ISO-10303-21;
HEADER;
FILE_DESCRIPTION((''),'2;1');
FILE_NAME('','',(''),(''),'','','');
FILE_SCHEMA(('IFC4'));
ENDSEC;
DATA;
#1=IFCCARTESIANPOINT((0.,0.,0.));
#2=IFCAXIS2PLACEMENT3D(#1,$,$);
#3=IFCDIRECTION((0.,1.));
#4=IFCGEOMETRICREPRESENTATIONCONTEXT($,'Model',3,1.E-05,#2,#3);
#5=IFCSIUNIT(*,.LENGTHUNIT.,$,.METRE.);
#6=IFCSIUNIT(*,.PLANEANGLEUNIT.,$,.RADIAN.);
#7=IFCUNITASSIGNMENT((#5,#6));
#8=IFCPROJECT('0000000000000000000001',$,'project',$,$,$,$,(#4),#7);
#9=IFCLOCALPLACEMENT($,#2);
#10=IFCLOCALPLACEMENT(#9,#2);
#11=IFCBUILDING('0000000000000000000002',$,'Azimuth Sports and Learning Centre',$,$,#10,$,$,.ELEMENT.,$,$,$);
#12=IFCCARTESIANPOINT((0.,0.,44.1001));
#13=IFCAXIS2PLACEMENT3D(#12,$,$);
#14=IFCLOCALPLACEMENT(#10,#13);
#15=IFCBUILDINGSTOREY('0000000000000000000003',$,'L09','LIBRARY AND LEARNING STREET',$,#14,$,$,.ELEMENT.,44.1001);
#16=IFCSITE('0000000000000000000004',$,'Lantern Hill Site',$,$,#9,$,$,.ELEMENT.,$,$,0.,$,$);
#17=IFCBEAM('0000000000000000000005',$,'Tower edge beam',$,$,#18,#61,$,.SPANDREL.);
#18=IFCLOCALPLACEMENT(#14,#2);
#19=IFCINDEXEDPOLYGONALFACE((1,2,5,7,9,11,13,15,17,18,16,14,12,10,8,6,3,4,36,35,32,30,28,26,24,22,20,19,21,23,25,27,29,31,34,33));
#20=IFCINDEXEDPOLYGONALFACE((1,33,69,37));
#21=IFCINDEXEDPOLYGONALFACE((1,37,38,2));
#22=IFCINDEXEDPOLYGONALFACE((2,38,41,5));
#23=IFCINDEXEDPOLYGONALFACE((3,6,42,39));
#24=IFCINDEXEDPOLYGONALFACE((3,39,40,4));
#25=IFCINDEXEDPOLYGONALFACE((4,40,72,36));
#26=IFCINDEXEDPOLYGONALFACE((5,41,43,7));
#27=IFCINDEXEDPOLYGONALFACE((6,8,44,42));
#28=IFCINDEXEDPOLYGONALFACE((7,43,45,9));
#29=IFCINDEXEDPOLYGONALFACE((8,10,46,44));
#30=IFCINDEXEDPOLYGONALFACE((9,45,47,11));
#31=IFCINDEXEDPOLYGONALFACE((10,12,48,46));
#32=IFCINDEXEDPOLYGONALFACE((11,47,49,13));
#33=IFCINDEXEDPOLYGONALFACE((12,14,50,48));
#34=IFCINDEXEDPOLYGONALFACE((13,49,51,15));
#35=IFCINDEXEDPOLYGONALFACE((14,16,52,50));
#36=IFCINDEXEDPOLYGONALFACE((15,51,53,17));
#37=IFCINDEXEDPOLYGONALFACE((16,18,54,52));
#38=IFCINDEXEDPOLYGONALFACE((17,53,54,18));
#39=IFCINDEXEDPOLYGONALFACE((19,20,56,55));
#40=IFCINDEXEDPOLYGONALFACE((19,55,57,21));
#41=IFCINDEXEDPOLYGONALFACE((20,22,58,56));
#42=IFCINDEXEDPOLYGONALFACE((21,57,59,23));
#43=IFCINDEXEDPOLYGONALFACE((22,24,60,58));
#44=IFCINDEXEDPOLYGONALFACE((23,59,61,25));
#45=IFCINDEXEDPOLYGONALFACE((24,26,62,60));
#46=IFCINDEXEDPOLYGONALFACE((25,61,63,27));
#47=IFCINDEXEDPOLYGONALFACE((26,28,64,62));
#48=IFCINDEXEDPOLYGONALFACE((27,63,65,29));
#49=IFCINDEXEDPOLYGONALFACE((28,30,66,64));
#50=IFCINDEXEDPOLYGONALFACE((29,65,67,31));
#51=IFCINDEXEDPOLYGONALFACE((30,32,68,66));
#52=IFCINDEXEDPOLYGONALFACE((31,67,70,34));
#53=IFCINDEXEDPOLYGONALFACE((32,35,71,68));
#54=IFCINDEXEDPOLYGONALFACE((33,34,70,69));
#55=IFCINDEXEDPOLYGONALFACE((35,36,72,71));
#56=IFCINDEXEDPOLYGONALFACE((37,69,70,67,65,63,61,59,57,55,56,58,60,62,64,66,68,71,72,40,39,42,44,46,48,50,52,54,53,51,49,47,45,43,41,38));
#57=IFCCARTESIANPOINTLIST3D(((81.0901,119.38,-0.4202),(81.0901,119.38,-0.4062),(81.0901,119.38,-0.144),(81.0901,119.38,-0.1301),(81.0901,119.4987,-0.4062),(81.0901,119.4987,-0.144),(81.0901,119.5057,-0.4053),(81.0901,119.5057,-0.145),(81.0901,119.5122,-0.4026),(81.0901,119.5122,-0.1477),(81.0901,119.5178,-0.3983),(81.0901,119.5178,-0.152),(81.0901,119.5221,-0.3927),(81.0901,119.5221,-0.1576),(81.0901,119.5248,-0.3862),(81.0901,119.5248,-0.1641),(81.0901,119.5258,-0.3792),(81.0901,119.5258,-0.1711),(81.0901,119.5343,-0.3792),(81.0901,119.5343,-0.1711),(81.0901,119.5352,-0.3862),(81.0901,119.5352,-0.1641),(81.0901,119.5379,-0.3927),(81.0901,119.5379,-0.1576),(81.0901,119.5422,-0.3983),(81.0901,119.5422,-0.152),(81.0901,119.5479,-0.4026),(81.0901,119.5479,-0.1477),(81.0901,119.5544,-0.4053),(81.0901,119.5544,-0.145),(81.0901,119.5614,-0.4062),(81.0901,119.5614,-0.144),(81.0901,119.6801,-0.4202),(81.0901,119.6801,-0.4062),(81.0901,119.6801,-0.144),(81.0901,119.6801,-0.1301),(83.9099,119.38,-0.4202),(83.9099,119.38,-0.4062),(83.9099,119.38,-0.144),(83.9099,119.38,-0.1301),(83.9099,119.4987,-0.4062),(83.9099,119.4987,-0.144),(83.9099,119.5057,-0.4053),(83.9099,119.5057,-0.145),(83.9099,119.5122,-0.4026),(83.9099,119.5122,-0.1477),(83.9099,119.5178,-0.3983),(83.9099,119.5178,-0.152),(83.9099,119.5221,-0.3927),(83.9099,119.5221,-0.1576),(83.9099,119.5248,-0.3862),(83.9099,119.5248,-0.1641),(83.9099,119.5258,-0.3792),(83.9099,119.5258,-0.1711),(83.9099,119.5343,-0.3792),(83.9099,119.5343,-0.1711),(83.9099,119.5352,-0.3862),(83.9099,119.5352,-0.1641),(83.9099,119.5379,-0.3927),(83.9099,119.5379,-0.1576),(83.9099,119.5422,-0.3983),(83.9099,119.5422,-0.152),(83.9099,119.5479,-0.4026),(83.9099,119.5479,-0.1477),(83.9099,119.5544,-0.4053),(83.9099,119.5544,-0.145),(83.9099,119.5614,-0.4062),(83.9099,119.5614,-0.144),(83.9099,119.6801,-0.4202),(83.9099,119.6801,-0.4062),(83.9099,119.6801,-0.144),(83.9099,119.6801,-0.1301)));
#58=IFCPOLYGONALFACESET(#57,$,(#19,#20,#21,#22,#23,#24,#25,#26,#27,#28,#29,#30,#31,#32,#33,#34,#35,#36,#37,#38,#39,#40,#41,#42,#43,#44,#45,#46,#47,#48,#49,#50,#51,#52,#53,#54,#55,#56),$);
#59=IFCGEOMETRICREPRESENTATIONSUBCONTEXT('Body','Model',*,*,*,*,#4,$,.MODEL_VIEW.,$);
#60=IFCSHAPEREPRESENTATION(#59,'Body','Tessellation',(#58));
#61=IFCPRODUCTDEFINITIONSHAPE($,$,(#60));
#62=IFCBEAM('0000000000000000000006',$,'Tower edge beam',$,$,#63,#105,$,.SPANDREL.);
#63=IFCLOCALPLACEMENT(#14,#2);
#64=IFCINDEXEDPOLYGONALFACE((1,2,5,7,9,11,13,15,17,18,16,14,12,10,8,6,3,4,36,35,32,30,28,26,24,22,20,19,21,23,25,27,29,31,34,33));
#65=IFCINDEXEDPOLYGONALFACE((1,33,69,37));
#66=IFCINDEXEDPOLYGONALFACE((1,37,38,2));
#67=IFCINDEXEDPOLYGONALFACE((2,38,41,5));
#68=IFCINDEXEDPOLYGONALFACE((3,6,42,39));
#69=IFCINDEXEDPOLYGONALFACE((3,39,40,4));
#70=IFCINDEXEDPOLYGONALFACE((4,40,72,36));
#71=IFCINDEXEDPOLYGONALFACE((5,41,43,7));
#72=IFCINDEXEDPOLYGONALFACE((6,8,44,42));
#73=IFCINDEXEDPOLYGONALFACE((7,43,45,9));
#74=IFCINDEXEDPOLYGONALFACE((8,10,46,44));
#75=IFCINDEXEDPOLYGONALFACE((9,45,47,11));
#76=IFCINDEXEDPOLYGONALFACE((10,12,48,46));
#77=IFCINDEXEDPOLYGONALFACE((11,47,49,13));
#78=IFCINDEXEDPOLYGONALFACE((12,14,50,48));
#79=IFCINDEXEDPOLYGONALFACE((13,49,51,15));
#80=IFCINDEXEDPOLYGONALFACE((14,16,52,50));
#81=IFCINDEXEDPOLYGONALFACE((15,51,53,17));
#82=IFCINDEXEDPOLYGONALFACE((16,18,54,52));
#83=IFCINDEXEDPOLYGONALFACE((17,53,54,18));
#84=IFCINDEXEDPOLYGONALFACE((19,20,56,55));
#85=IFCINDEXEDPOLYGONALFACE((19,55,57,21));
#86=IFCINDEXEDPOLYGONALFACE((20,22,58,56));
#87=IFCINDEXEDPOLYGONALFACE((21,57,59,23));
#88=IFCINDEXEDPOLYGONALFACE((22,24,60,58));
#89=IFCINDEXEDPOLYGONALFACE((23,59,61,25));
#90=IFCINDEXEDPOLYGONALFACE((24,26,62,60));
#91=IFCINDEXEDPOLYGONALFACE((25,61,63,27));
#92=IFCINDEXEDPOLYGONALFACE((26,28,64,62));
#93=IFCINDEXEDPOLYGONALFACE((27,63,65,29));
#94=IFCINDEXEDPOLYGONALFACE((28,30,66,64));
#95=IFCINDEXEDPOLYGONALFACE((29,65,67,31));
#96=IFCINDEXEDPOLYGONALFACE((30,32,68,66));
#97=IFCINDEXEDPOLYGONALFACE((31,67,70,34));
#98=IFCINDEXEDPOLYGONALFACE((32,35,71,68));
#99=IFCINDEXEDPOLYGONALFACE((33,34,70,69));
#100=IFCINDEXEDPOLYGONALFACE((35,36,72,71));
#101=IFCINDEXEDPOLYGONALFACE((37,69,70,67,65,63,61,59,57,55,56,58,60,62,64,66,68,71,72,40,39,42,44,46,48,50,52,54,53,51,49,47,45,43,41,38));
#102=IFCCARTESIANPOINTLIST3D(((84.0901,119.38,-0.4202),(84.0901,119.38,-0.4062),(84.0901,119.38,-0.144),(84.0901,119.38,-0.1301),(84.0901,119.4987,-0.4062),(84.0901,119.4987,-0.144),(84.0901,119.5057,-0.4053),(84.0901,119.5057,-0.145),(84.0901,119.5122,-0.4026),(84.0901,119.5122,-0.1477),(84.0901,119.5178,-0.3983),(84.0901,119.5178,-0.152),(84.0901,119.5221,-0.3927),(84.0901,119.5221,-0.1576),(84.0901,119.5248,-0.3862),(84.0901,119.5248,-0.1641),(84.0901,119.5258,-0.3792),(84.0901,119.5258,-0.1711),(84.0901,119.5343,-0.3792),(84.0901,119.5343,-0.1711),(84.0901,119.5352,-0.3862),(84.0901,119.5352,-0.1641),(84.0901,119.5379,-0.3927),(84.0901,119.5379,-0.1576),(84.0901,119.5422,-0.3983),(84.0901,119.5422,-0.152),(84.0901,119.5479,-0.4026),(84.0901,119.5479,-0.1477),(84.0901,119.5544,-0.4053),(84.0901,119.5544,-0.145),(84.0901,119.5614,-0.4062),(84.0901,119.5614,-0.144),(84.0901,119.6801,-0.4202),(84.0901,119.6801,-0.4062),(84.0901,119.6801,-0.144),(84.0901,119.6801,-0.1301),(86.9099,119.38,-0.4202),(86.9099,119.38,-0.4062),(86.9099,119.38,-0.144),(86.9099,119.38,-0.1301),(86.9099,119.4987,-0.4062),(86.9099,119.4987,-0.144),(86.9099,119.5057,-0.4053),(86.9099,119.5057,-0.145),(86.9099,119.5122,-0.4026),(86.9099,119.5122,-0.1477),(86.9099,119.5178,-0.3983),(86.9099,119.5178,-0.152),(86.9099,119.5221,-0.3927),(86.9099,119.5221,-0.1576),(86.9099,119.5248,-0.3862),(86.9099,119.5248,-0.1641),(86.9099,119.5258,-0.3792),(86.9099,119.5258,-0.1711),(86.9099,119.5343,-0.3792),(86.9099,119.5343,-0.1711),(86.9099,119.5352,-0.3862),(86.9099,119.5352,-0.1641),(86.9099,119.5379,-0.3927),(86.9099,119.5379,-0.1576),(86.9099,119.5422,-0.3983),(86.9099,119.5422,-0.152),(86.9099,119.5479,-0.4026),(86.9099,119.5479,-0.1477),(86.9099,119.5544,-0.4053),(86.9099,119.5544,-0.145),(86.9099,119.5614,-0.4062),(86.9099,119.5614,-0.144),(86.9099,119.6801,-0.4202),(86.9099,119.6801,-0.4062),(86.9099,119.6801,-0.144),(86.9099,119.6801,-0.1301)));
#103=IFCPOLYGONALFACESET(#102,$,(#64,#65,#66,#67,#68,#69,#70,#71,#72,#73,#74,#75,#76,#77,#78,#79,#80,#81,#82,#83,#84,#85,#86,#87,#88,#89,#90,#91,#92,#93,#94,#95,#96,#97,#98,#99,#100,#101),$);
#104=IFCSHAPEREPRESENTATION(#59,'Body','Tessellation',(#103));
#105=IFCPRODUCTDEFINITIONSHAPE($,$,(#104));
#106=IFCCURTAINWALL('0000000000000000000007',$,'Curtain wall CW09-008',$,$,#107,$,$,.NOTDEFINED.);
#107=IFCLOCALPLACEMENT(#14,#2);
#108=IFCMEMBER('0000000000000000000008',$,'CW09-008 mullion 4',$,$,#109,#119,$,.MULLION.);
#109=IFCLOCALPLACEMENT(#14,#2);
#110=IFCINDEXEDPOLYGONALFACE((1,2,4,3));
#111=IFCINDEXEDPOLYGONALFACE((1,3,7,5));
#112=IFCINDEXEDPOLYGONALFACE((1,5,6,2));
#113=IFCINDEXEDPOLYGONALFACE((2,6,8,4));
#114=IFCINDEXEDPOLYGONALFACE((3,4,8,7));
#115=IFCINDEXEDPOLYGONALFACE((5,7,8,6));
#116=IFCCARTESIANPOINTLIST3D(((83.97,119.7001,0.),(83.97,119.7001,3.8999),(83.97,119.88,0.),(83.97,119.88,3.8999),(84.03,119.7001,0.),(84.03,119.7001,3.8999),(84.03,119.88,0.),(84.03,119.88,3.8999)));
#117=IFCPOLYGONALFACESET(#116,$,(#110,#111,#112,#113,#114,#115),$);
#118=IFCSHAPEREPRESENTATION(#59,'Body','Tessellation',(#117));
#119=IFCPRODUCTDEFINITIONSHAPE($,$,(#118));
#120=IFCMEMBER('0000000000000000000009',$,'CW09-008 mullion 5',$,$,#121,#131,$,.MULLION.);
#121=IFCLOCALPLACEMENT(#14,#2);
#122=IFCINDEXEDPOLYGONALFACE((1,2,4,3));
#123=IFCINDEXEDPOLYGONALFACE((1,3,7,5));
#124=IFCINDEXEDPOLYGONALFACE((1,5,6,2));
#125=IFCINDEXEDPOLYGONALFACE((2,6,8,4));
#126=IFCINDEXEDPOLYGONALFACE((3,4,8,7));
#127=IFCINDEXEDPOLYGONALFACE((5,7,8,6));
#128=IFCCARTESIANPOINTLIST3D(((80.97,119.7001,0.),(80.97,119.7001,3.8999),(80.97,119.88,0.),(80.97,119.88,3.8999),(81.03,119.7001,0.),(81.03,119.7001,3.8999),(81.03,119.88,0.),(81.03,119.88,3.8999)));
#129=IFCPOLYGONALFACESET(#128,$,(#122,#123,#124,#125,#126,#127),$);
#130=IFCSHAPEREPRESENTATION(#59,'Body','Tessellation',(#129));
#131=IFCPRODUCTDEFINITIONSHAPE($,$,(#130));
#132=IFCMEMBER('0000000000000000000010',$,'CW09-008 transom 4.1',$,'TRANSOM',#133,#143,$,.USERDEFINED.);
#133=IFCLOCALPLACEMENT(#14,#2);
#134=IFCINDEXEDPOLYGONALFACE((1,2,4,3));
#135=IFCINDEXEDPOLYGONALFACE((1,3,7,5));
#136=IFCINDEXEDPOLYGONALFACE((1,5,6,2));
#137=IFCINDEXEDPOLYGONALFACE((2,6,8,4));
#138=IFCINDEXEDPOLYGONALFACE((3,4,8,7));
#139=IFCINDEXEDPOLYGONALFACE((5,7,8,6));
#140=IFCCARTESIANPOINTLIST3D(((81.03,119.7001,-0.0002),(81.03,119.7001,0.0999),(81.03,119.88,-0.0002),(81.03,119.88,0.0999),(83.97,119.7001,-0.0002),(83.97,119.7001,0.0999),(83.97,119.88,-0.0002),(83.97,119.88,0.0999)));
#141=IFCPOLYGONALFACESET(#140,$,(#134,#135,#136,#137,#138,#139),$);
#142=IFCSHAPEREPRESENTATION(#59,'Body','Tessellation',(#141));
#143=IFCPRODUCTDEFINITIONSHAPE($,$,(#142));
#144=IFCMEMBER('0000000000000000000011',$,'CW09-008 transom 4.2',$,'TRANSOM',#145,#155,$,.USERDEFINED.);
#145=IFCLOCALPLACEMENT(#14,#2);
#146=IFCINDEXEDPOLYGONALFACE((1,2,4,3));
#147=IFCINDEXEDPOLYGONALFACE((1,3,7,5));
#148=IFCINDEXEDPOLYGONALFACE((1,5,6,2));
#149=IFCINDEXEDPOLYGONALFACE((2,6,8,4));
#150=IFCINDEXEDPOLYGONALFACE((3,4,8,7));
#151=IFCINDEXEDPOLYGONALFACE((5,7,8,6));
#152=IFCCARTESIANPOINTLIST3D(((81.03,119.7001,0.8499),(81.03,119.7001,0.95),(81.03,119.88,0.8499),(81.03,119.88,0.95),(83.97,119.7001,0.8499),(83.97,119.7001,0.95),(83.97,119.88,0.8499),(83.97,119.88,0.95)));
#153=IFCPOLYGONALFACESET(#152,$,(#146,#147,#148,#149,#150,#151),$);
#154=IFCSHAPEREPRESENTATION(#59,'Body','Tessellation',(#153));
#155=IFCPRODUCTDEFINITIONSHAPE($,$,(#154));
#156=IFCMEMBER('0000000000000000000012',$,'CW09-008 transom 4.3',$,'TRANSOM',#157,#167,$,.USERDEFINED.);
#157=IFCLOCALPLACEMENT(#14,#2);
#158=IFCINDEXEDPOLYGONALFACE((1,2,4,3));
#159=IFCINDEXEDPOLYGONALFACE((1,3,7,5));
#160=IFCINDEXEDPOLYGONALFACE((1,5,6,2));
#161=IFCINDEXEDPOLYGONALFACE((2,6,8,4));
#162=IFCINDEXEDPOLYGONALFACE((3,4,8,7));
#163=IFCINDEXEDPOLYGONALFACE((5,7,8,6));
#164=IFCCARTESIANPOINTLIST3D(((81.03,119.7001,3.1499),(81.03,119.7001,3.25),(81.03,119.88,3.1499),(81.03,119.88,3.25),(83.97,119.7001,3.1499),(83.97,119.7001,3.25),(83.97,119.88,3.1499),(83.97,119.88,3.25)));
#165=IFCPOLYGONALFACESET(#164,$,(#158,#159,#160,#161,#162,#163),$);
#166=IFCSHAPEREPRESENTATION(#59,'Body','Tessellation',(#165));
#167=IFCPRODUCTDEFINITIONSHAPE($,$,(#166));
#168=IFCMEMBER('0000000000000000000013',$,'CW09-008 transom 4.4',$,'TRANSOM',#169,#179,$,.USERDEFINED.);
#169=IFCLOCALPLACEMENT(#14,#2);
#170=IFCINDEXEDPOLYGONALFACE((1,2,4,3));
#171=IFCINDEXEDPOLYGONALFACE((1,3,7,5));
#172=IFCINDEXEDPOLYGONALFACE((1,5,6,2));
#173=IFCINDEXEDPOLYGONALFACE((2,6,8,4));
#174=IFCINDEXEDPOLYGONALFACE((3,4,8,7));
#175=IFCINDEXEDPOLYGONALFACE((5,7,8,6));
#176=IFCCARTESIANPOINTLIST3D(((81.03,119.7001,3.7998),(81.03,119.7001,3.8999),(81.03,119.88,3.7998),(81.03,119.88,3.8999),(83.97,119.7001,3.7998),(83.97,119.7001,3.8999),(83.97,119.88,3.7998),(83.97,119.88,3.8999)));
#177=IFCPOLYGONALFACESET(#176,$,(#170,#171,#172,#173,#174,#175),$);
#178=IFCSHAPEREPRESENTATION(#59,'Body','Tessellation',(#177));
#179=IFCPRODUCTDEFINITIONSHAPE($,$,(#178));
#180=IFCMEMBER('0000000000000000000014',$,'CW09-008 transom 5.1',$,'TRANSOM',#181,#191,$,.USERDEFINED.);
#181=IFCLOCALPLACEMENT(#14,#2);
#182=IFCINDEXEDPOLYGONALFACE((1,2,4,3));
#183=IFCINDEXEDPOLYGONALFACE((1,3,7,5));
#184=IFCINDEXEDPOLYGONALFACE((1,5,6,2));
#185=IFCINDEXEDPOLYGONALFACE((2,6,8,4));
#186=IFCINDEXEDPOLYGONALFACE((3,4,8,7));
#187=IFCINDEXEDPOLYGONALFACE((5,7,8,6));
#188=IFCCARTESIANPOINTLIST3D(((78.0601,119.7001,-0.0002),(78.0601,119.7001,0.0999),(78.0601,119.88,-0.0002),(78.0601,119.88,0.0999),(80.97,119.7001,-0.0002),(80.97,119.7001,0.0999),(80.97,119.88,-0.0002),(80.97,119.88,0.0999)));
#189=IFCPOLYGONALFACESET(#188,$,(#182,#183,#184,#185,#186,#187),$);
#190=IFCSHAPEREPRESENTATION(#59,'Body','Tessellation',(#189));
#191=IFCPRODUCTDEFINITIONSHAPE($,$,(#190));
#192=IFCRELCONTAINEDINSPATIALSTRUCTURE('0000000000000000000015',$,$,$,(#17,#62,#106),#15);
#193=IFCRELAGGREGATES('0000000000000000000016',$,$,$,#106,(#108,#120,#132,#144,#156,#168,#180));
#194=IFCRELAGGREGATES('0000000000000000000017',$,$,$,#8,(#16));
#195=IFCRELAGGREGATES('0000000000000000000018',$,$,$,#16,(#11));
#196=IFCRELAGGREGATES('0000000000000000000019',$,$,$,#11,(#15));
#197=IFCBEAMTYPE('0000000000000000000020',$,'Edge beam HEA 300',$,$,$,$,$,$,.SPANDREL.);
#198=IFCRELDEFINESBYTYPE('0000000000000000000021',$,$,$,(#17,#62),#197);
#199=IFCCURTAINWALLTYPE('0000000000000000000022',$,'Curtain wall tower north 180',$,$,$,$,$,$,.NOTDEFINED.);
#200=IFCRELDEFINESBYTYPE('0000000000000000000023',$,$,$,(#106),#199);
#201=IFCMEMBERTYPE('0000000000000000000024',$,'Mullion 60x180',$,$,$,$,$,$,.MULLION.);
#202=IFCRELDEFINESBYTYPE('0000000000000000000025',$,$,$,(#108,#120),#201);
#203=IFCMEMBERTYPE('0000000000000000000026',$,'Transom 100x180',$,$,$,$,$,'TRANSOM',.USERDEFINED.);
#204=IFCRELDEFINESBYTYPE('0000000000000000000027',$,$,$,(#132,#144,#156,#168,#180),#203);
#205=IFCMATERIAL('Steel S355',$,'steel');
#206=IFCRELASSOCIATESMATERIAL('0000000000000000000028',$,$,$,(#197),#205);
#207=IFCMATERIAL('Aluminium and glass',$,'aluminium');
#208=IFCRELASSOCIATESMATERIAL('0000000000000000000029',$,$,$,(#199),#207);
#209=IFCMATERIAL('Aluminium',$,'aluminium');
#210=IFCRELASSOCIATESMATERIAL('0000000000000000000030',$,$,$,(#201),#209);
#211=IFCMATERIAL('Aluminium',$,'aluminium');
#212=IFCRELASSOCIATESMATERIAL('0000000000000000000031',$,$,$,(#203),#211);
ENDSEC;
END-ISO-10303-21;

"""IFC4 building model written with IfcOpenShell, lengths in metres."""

from ifc_helpers import new_model, si_unit, direction, frame, origin, origin_2d, place, context, subcontext, project, spatial, rectangle, i_section, extrude, material, material_profile, profile_set, type_object, element, aggregate, save


model = new_model("IFC4")

# Units and contexts
model_context = context("Model", 3, precision=1e-05, world=origin(), true_north=direction((0.0, 1.0)))
body_context = subcontext(model_context, "Body", "Model", "MODEL_VIEW")
ifc_project = project(units=[si_unit("LENGTHUNIT", "METRE"), si_unit("PLANEANGLEUNIT", "RADIAN")], contexts=[model_context])

# Site, building, storey
site_placement = place(None, origin())
site = spatial("IfcSite", under=ifc_project, at=site_placement, Name="Lantern Hill Site", CompositionType="ELEMENT", RefElevation=0.0)
building_placement = place(site_placement, origin())
building = spatial("IfcBuilding", under=site, at=building_placement, Name="Azimuth Sports and Learning Centre", CompositionType="ELEMENT")
storey_placement = place(building_placement, frame((0.0, 0.0, 44.1001)))
storey = spatial("IfcBuildingStorey", under=building, at=storey_placement, Name="L09", Description="LIBRARY AND LEARNING STREET", CompositionType="ELEMENT", Elevation=44.1001)

# Beams
ifc_material_1 = material(Name="Steel S355", Category="steel")
ifc_material_profile_1 = material_profile(ifc_material_1, i_section(OverallWidth=0.3, OverallDepth=0.29, WebThickness=0.0085, FlangeThickness=0.0139, FilletRadius=0.0271, at=origin_2d()), Name="HEA 300")
ifc_profile_set_1 = profile_set([ifc_material_profile_1], Name="Steel S355")
beam_type = type_object("IfcBeamType", Name="Edge beam HEA 300", PredefinedType="SPANDREL", material=ifc_profile_set_1)
for number, where, z_axis, x_axis, name in (
    (1, (81.0901, 119.53, -0.2751), (1.0, 0.0, 0.0), (0.0, 1.0, 0.0), "Tower edge beam"),
    (2, (84.0901, 119.53, -0.2751), (1.0, 0.0, 0.0), (0.0, 1.0, 0.0), "Tower edge beam"),
):
    element("IfcBeam", number, at=place(storey_placement, frame(where, z_axis=z_axis, x_axis=x_axis)), inside=storey, type_object=beam_type, Name=name, PredefinedType="SPANDREL", context=body_context, shape_type="SweptSolid", body=[
        extrude(i_section(OverallWidth=0.3, OverallDepth=0.29, WebThickness=0.0085, FlangeThickness=0.0139, FilletRadius=0.0271, at=origin_2d()), origin(), (0.0, 0.0, 1.0), 2.8198),
    ])

# Curtain wall, members
ifc_material_2 = material(Name="Aluminium and glass", Category="aluminium")
curtain_wall_type = type_object("IfcCurtainWallType", Name="Curtain wall tower north 180", PredefinedType="NOTDEFINED", material=ifc_material_2)
curtain_wall_placement = place(storey_placement, origin())
curtain_wall = element("IfcCurtainWall", 3, at=curtain_wall_placement, inside=storey, type_object=curtain_wall_type, Name="Curtain wall CW09-008", PredefinedType="NOTDEFINED")
ifc_material_3 = material(Name="Aluminium", Category="aluminium")
ifc_material_profile_2 = material_profile(ifc_material_3, rectangle(XDim=0.1799, YDim=0.0601, at=origin_2d()), Name="Mullion 60x180")
ifc_profile_set_2 = profile_set([ifc_material_profile_2], Name="Aluminium")
member_type_1 = type_object("IfcMemberType", Name="Mullion 60x180", PredefinedType="MULLION", material=ifc_profile_set_2)
member_1_placement = place(storey_placement, frame((84.0, 119.79, 0.0), z_axis=(0.0, 0.0, 1.0), x_axis=(0.0, -1.0, 0.0)))
member_1 = element("IfcMember", 4, at=member_1_placement, type_object=member_type_1, Name="CW09-008 mullion 4", PredefinedType="MULLION", context=body_context, shape_type="SweptSolid", body=[
    extrude(rectangle(XDim=0.1799, YDim=0.0601, at=origin_2d()), origin(), (0.0, 0.0, 1.0), 3.8999),
])
member_2_placement = place(storey_placement, frame((81.0, 119.79, 0.0), z_axis=(0.0, 0.0, 1.0), x_axis=(0.0, -1.0, 0.0)))
member_2 = element("IfcMember", 5, at=member_2_placement, type_object=member_type_1, Name="CW09-008 mullion 5", PredefinedType="MULLION", context=body_context, shape_type="SweptSolid", body=[
    extrude(rectangle(XDim=0.1799, YDim=0.0601, at=origin_2d()), origin(), (0.0, 0.0, 1.0), 3.8999),
])
ifc_material_4 = material(Name="Aluminium", Category="aluminium")
ifc_material_profile_3 = material_profile(ifc_material_4, rectangle(XDim=0.1799, YDim=0.1001, at=origin_2d()), Name="Transom 100x180")
ifc_profile_set_3 = profile_set([ifc_material_profile_3], Name="Aluminium")
member_type_2 = type_object("IfcMemberType", Name="Transom 100x180", ElementType="TRANSOM", PredefinedType="USERDEFINED", material=ifc_profile_set_3)
member_3_placement = place(storey_placement, frame((83.97, 119.79, 0.0498), z_axis=(-1.0, 0.0, 0.0), x_axis=(0.0, -1.0, 0.0)))
member_3 = element("IfcMember", 6, at=member_3_placement, type_object=member_type_2, Name="CW09-008 transom 4.1", ObjectType="TRANSOM", PredefinedType="USERDEFINED", context=body_context, shape_type="SweptSolid", body=[
    extrude(rectangle(XDim=0.1799, YDim=0.1001, at=origin_2d()), origin(), (0.0, 0.0, 1.0), 2.9399),
])
member_4_placement = place(storey_placement, frame((83.97, 119.79, 0.8999), z_axis=(-1.0, 0.0, 0.0), x_axis=(0.0, -1.0, 0.0)))
member_4 = element("IfcMember", 7, at=member_4_placement, type_object=member_type_2, Name="CW09-008 transom 4.2", ObjectType="TRANSOM", PredefinedType="USERDEFINED", context=body_context, shape_type="SweptSolid", body=[
    extrude(rectangle(XDim=0.1799, YDim=0.1001, at=origin_2d()), origin(), (0.0, 0.0, 1.0), 2.9399),
])
member_5_placement = place(storey_placement, frame((83.97, 119.79, 3.2), z_axis=(-1.0, 0.0, 0.0), x_axis=(0.0, -1.0, 0.0)))
member_5 = element("IfcMember", 8, at=member_5_placement, type_object=member_type_2, Name="CW09-008 transom 4.3", ObjectType="TRANSOM", PredefinedType="USERDEFINED", context=body_context, shape_type="SweptSolid", body=[
    extrude(rectangle(XDim=0.1799, YDim=0.1001, at=origin_2d()), origin(), (0.0, 0.0, 1.0), 2.9399),
])
member_6_placement = place(storey_placement, frame((83.97, 119.79, 3.8499), z_axis=(-1.0, 0.0, 0.0), x_axis=(0.0, -1.0, 0.0)))
member_6 = element("IfcMember", 9, at=member_6_placement, type_object=member_type_2, Name="CW09-008 transom 4.4", ObjectType="TRANSOM", PredefinedType="USERDEFINED", context=body_context, shape_type="SweptSolid", body=[
    extrude(rectangle(XDim=0.1799, YDim=0.1001, at=origin_2d()), origin(), (0.0, 0.0, 1.0), 2.9399),
])
member_7_placement = place(storey_placement, frame((80.97, 119.79, 0.0498), z_axis=(-1.0, 0.0, 0.0), x_axis=(0.0, -1.0, 0.0)))
member_7 = element("IfcMember", 10, at=member_7_placement, type_object=member_type_2, Name="CW09-008 transom 5.1", ObjectType="TRANSOM", PredefinedType="USERDEFINED", context=body_context, shape_type="SweptSolid", body=[
    extrude(rectangle(XDim=0.1799, YDim=0.1001, at=origin_2d()), origin(), (0.0, 0.0, 1.0), 2.9099),
])
aggregate(curtain_wall, [member_1, member_2, member_3, member_4, member_5, member_6, member_7])

save(model, "model.ifc")
